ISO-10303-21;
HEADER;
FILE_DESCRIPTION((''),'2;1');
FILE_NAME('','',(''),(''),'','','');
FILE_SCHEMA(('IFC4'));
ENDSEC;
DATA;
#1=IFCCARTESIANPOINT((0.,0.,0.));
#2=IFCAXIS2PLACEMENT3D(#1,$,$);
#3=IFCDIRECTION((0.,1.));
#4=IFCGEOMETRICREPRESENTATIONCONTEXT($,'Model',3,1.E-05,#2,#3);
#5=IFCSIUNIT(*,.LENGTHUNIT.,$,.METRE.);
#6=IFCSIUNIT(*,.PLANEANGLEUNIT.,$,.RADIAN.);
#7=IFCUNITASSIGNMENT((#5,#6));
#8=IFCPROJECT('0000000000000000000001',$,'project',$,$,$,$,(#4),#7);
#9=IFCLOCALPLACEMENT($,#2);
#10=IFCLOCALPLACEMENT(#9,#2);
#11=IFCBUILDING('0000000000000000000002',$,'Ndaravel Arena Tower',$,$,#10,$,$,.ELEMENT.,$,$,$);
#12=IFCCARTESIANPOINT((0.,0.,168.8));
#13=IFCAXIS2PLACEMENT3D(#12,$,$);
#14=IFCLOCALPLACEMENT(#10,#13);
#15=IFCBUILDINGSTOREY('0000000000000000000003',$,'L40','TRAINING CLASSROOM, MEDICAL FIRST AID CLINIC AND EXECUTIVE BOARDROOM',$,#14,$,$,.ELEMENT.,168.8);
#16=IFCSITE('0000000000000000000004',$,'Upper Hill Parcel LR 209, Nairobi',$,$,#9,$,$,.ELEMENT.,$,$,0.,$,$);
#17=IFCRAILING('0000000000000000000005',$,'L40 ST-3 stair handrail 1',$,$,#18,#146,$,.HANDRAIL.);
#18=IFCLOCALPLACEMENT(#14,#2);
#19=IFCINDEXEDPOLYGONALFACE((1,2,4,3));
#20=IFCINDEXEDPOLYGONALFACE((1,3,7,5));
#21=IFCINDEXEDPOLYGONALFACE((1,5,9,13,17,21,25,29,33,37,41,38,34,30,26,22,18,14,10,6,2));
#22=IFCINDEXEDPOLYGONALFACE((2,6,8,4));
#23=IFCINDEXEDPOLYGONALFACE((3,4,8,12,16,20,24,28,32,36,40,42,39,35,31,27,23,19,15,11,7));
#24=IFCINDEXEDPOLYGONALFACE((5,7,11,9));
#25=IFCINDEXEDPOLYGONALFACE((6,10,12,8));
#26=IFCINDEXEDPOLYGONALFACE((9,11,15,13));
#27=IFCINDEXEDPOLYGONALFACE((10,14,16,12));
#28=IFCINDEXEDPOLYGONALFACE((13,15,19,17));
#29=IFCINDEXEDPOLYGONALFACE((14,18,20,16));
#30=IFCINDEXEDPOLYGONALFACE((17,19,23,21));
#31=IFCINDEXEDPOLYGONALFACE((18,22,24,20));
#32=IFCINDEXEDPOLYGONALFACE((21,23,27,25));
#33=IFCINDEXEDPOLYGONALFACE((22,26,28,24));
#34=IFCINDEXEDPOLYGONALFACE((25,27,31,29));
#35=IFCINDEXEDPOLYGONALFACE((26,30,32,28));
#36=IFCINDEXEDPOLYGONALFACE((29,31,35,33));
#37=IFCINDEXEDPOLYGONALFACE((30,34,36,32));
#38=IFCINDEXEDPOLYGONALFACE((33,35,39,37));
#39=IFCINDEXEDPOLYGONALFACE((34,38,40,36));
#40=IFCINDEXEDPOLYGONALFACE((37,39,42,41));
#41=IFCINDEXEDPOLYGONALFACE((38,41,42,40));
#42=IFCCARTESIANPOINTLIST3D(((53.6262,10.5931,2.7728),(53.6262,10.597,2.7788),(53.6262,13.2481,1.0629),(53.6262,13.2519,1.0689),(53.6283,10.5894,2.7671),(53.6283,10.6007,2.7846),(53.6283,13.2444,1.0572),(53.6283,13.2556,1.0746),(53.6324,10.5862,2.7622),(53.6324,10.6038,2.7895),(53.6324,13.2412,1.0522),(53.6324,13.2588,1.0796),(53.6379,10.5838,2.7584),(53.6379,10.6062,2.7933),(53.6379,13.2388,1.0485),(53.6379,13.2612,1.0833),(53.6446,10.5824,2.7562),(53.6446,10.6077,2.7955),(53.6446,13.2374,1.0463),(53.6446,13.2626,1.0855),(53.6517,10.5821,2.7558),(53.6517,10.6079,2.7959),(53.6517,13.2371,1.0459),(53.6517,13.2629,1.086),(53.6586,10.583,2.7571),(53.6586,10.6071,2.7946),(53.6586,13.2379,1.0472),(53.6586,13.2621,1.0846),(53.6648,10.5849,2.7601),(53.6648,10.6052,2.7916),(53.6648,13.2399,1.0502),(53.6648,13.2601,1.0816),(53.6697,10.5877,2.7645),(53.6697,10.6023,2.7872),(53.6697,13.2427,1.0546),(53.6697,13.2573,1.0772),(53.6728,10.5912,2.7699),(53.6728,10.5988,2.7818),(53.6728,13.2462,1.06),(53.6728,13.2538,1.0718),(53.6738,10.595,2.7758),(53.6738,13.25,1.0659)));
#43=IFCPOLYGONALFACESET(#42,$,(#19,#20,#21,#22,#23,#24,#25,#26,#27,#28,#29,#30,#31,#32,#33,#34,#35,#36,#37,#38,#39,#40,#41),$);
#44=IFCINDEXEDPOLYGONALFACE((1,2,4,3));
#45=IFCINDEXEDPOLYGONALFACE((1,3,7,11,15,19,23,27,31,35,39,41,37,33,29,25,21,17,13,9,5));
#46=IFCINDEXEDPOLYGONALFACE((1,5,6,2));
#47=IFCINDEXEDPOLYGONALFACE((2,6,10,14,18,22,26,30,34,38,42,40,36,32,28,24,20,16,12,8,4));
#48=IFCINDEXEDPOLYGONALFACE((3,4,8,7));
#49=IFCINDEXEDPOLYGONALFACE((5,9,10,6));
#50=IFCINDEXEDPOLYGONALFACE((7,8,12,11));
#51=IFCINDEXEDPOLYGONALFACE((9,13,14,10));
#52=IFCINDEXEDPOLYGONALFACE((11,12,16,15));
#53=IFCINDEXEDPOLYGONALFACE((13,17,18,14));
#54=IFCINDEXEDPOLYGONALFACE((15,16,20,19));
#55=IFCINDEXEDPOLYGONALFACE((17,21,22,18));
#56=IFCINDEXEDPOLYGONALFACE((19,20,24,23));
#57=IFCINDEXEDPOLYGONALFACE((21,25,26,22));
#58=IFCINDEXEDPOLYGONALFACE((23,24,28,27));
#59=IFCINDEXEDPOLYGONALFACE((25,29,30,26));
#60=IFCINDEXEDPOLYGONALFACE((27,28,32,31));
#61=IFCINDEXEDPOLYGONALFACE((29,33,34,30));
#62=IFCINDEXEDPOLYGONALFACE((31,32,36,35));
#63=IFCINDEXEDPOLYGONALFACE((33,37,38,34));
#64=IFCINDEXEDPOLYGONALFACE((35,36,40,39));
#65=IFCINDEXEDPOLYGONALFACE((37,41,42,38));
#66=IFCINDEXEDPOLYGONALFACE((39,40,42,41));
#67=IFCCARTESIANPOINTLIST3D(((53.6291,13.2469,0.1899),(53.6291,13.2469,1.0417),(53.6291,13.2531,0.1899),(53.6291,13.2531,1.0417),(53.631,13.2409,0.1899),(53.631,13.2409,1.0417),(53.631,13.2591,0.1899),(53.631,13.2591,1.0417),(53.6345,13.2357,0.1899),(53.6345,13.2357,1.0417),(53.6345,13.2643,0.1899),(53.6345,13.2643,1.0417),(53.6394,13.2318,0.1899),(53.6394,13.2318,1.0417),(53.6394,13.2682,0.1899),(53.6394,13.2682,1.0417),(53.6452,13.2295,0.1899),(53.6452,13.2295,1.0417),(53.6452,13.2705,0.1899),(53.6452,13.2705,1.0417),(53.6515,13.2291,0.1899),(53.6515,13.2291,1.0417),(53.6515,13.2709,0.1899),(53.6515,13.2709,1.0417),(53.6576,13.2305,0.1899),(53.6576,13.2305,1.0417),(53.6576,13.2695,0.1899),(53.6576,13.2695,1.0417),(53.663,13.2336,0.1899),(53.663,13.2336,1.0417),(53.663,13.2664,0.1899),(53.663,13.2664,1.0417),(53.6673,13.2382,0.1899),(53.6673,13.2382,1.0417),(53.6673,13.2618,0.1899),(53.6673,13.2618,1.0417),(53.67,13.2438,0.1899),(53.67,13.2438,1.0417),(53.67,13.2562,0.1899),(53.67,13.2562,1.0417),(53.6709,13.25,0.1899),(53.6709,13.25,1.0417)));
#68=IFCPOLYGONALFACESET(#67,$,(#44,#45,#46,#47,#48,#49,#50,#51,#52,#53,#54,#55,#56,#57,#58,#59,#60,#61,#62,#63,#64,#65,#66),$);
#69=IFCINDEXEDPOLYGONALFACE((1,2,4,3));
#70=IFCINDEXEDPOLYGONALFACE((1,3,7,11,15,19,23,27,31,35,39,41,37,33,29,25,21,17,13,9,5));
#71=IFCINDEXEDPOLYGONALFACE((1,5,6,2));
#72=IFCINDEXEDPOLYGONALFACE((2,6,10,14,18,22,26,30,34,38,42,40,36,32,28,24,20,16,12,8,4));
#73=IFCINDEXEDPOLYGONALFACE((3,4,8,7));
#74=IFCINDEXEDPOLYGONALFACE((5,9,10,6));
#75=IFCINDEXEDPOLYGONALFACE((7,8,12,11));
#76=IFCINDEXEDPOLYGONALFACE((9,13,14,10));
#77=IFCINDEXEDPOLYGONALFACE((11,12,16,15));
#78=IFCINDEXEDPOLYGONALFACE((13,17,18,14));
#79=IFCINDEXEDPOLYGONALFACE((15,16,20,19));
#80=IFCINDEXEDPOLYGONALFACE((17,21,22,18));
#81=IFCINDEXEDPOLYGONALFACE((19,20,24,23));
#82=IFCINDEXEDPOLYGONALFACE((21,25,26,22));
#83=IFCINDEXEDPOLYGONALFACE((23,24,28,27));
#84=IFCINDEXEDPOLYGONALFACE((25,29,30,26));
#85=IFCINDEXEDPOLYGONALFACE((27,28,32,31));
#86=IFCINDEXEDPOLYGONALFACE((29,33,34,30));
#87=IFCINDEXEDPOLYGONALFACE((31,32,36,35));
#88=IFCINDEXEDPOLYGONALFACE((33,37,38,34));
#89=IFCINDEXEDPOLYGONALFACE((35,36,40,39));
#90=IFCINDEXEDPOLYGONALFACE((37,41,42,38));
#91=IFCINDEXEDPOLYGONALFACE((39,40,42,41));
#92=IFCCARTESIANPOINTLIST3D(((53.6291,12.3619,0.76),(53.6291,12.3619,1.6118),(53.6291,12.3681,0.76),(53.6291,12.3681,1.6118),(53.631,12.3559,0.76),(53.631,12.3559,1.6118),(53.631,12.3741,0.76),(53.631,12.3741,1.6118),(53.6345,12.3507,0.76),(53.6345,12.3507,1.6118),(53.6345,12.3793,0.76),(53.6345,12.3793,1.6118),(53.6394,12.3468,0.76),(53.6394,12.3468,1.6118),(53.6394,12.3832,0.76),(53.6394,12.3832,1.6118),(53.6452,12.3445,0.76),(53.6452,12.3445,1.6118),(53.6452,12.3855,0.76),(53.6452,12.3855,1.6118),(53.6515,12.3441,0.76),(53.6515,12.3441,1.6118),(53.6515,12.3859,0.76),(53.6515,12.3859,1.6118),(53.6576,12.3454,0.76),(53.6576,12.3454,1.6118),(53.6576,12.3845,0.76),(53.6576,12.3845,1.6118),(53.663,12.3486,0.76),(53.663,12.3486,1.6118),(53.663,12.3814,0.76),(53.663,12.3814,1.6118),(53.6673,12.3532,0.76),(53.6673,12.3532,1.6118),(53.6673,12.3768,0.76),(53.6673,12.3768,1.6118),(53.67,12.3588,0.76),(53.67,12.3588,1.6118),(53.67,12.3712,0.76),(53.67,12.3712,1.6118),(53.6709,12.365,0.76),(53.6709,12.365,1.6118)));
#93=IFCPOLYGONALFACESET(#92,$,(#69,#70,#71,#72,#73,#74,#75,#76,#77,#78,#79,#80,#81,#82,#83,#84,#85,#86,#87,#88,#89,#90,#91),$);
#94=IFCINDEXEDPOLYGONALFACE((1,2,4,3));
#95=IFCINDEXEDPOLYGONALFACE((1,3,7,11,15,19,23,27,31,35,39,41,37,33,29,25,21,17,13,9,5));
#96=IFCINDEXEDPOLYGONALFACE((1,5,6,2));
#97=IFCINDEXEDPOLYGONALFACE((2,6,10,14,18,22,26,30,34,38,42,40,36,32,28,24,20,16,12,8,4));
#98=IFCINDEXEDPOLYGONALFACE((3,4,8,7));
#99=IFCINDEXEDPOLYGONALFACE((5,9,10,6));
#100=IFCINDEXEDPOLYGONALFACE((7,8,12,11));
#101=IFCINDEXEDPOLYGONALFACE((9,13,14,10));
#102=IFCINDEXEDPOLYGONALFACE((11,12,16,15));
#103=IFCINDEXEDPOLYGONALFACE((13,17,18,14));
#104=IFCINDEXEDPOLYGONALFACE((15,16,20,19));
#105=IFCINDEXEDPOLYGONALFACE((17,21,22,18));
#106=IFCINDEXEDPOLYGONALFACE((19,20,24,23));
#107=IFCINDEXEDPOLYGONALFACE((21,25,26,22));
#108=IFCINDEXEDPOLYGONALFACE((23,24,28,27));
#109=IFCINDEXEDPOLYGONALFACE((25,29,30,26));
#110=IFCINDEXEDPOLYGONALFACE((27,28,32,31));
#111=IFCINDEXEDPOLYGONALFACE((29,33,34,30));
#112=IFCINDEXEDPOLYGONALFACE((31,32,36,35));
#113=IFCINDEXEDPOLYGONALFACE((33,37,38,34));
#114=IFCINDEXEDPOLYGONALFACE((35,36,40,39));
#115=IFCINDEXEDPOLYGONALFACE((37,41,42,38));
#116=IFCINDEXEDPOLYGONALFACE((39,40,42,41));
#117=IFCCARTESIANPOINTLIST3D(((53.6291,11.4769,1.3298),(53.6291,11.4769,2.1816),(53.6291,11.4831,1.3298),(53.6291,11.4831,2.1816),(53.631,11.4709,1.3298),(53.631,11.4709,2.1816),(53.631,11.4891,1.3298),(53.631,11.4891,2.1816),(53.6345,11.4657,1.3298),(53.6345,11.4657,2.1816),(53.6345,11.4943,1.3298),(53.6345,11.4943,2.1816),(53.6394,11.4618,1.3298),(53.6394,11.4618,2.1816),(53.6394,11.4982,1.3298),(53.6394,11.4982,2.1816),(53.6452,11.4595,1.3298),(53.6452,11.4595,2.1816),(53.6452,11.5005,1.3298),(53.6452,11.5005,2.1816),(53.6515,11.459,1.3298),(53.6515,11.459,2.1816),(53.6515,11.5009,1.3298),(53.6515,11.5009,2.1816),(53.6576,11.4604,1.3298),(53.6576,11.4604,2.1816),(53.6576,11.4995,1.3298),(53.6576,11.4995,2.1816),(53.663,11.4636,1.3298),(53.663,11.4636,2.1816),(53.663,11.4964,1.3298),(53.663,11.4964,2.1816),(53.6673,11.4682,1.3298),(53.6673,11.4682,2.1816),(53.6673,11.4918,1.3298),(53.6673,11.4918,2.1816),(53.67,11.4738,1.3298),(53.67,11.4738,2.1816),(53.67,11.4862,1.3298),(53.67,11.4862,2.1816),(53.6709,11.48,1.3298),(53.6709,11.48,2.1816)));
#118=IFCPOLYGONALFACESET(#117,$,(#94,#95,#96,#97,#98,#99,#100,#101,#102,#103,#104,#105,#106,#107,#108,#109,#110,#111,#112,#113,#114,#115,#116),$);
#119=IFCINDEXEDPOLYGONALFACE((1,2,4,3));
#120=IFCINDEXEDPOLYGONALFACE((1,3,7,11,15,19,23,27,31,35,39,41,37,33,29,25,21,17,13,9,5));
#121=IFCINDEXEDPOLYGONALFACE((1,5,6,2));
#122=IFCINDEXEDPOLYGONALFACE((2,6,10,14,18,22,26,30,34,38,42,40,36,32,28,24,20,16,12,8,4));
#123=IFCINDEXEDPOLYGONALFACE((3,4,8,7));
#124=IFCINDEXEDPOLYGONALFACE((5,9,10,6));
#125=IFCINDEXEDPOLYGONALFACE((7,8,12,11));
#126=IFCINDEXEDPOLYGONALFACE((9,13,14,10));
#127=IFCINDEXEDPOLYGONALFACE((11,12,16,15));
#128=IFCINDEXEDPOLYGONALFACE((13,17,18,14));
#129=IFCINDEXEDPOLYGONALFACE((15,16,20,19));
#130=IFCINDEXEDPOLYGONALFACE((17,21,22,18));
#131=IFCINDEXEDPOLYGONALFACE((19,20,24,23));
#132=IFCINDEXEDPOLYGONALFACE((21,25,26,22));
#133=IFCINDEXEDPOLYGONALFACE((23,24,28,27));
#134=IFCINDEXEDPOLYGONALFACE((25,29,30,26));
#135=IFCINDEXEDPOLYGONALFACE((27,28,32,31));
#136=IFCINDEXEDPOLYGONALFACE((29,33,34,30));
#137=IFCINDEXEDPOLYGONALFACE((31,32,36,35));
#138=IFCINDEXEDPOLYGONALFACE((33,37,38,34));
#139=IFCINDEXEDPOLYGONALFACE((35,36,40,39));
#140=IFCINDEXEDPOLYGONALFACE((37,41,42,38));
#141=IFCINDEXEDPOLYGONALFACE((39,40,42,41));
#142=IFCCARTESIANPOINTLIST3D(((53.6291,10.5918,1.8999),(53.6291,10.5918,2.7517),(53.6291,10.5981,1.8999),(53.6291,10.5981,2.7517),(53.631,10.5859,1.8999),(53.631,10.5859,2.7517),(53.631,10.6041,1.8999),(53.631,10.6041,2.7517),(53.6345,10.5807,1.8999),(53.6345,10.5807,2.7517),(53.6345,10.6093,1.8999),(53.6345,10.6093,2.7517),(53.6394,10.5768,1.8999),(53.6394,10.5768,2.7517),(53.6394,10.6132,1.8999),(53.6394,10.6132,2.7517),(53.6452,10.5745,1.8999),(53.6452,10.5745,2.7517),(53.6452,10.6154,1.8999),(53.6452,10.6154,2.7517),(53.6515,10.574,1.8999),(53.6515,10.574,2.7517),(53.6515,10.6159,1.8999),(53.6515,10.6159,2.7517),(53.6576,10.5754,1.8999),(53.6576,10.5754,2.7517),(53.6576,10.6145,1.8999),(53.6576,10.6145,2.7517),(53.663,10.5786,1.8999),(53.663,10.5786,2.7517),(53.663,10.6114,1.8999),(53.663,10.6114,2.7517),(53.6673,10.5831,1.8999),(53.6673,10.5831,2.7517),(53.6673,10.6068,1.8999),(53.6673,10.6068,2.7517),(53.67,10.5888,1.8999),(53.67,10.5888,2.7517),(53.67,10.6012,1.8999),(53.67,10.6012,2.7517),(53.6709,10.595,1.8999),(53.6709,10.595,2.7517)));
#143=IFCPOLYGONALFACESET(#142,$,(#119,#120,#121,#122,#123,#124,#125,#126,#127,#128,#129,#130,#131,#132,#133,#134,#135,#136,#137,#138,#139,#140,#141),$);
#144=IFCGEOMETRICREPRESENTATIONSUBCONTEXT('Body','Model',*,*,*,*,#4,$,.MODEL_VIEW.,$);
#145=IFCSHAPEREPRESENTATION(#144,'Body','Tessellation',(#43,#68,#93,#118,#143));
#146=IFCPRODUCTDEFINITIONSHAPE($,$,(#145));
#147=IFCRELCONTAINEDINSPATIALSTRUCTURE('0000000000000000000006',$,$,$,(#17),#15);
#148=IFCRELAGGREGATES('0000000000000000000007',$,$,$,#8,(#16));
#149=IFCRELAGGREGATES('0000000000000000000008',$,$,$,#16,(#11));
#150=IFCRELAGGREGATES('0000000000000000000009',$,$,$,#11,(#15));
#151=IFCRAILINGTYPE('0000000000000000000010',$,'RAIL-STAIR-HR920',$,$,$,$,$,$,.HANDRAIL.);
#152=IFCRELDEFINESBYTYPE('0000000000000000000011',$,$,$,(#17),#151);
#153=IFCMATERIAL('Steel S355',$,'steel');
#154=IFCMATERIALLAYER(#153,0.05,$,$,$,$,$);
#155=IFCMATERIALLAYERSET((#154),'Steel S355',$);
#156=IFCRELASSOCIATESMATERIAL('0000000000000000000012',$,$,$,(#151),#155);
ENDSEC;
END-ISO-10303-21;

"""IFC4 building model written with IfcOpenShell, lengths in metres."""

from ifc_helpers import new_model, si_unit, direction, frame, origin, origin_2d, place, context, subcontext, project, spatial, circle, extrude, material, layer, layer_set, type_object, element, save


model = new_model("IFC4")

# Units and contexts
model_context = context("Model", 3, precision=1e-05, world=origin(), true_north=direction((0.0, 1.0)))
body_context = subcontext(model_context, "Body", "Model", "MODEL_VIEW")
ifc_project = project(units=[si_unit("LENGTHUNIT", "METRE"), si_unit("PLANEANGLEUNIT", "RADIAN")], contexts=[model_context])

# Site, building, storey
site_placement = place(None, origin())
site = spatial("IfcSite", under=ifc_project, at=site_placement, Name="Upper Hill Parcel LR 209, Nairobi", CompositionType="ELEMENT", RefElevation=0.0)
building_placement = place(site_placement, origin())
building = spatial("IfcBuilding", under=site, at=building_placement, Name="Ndaravel Arena Tower", CompositionType="ELEMENT")
storey_placement = place(building_placement, frame((0.0, 0.0, 168.8)))
storey = spatial("IfcBuildingStorey", under=building, at=storey_placement, Name="L40", Description="TRAINING CLASSROOM, MEDICAL FIRST AID CLINIC AND EXECUTIVE BOARDROOM", CompositionType="ELEMENT", Elevation=168.8)

# Railing
ifc_material_1 = material(Name="Steel S355", Category="steel")
ifc_layer_1 = layer(ifc_material_1, 0.05)
ifc_layer_set_1 = layer_set([ifc_layer_1], Name="Steel S355")
railing_type_1 = type_object("IfcRailingType", Name="RAIL-STAIR-HR920", PredefinedType="HANDRAIL", material=ifc_layer_set_1)
railing_1_placement = place(storey_placement, frame((53.6499, 13.25, 0.1899)))
element("IfcRailing", 1, at=railing_1_placement, inside=storey, type_object=railing_type_1, Name="L40 ST-3 stair handrail 1", PredefinedType="HANDRAIL", context=body_context, shape_type="SweptSolid", body=[
    extrude(circle(Radius=0.0239, at=origin_2d()), frame((0.0, 0.0, 0.876), z_axis=(0.0, -0.840724, 0.541465), x_axis=(1.0, 0.0, 0.0)), (0.0, 0.0, 1.0), 3.158),
    extrude(circle(Radius=0.021, at=origin_2d()), origin(), (0.0, 0.0, 1.0), 0.8518),
    extrude(circle(Radius=0.021, at=origin_2d()), frame((0.0, -0.885, 0.5701)), (0.0, 0.0, 1.0), 0.8518),
    extrude(circle(Radius=0.021, at=origin_2d()), frame((0.0, -1.77, 1.1399)), (0.0, 0.0, 1.0), 0.8518),
    extrude(circle(Radius=0.021, at=origin_2d()), frame((0.0, -2.655, 1.71)), (0.0, 0.0, 1.0), 0.8518),
])

save(model, "model.ifc")
